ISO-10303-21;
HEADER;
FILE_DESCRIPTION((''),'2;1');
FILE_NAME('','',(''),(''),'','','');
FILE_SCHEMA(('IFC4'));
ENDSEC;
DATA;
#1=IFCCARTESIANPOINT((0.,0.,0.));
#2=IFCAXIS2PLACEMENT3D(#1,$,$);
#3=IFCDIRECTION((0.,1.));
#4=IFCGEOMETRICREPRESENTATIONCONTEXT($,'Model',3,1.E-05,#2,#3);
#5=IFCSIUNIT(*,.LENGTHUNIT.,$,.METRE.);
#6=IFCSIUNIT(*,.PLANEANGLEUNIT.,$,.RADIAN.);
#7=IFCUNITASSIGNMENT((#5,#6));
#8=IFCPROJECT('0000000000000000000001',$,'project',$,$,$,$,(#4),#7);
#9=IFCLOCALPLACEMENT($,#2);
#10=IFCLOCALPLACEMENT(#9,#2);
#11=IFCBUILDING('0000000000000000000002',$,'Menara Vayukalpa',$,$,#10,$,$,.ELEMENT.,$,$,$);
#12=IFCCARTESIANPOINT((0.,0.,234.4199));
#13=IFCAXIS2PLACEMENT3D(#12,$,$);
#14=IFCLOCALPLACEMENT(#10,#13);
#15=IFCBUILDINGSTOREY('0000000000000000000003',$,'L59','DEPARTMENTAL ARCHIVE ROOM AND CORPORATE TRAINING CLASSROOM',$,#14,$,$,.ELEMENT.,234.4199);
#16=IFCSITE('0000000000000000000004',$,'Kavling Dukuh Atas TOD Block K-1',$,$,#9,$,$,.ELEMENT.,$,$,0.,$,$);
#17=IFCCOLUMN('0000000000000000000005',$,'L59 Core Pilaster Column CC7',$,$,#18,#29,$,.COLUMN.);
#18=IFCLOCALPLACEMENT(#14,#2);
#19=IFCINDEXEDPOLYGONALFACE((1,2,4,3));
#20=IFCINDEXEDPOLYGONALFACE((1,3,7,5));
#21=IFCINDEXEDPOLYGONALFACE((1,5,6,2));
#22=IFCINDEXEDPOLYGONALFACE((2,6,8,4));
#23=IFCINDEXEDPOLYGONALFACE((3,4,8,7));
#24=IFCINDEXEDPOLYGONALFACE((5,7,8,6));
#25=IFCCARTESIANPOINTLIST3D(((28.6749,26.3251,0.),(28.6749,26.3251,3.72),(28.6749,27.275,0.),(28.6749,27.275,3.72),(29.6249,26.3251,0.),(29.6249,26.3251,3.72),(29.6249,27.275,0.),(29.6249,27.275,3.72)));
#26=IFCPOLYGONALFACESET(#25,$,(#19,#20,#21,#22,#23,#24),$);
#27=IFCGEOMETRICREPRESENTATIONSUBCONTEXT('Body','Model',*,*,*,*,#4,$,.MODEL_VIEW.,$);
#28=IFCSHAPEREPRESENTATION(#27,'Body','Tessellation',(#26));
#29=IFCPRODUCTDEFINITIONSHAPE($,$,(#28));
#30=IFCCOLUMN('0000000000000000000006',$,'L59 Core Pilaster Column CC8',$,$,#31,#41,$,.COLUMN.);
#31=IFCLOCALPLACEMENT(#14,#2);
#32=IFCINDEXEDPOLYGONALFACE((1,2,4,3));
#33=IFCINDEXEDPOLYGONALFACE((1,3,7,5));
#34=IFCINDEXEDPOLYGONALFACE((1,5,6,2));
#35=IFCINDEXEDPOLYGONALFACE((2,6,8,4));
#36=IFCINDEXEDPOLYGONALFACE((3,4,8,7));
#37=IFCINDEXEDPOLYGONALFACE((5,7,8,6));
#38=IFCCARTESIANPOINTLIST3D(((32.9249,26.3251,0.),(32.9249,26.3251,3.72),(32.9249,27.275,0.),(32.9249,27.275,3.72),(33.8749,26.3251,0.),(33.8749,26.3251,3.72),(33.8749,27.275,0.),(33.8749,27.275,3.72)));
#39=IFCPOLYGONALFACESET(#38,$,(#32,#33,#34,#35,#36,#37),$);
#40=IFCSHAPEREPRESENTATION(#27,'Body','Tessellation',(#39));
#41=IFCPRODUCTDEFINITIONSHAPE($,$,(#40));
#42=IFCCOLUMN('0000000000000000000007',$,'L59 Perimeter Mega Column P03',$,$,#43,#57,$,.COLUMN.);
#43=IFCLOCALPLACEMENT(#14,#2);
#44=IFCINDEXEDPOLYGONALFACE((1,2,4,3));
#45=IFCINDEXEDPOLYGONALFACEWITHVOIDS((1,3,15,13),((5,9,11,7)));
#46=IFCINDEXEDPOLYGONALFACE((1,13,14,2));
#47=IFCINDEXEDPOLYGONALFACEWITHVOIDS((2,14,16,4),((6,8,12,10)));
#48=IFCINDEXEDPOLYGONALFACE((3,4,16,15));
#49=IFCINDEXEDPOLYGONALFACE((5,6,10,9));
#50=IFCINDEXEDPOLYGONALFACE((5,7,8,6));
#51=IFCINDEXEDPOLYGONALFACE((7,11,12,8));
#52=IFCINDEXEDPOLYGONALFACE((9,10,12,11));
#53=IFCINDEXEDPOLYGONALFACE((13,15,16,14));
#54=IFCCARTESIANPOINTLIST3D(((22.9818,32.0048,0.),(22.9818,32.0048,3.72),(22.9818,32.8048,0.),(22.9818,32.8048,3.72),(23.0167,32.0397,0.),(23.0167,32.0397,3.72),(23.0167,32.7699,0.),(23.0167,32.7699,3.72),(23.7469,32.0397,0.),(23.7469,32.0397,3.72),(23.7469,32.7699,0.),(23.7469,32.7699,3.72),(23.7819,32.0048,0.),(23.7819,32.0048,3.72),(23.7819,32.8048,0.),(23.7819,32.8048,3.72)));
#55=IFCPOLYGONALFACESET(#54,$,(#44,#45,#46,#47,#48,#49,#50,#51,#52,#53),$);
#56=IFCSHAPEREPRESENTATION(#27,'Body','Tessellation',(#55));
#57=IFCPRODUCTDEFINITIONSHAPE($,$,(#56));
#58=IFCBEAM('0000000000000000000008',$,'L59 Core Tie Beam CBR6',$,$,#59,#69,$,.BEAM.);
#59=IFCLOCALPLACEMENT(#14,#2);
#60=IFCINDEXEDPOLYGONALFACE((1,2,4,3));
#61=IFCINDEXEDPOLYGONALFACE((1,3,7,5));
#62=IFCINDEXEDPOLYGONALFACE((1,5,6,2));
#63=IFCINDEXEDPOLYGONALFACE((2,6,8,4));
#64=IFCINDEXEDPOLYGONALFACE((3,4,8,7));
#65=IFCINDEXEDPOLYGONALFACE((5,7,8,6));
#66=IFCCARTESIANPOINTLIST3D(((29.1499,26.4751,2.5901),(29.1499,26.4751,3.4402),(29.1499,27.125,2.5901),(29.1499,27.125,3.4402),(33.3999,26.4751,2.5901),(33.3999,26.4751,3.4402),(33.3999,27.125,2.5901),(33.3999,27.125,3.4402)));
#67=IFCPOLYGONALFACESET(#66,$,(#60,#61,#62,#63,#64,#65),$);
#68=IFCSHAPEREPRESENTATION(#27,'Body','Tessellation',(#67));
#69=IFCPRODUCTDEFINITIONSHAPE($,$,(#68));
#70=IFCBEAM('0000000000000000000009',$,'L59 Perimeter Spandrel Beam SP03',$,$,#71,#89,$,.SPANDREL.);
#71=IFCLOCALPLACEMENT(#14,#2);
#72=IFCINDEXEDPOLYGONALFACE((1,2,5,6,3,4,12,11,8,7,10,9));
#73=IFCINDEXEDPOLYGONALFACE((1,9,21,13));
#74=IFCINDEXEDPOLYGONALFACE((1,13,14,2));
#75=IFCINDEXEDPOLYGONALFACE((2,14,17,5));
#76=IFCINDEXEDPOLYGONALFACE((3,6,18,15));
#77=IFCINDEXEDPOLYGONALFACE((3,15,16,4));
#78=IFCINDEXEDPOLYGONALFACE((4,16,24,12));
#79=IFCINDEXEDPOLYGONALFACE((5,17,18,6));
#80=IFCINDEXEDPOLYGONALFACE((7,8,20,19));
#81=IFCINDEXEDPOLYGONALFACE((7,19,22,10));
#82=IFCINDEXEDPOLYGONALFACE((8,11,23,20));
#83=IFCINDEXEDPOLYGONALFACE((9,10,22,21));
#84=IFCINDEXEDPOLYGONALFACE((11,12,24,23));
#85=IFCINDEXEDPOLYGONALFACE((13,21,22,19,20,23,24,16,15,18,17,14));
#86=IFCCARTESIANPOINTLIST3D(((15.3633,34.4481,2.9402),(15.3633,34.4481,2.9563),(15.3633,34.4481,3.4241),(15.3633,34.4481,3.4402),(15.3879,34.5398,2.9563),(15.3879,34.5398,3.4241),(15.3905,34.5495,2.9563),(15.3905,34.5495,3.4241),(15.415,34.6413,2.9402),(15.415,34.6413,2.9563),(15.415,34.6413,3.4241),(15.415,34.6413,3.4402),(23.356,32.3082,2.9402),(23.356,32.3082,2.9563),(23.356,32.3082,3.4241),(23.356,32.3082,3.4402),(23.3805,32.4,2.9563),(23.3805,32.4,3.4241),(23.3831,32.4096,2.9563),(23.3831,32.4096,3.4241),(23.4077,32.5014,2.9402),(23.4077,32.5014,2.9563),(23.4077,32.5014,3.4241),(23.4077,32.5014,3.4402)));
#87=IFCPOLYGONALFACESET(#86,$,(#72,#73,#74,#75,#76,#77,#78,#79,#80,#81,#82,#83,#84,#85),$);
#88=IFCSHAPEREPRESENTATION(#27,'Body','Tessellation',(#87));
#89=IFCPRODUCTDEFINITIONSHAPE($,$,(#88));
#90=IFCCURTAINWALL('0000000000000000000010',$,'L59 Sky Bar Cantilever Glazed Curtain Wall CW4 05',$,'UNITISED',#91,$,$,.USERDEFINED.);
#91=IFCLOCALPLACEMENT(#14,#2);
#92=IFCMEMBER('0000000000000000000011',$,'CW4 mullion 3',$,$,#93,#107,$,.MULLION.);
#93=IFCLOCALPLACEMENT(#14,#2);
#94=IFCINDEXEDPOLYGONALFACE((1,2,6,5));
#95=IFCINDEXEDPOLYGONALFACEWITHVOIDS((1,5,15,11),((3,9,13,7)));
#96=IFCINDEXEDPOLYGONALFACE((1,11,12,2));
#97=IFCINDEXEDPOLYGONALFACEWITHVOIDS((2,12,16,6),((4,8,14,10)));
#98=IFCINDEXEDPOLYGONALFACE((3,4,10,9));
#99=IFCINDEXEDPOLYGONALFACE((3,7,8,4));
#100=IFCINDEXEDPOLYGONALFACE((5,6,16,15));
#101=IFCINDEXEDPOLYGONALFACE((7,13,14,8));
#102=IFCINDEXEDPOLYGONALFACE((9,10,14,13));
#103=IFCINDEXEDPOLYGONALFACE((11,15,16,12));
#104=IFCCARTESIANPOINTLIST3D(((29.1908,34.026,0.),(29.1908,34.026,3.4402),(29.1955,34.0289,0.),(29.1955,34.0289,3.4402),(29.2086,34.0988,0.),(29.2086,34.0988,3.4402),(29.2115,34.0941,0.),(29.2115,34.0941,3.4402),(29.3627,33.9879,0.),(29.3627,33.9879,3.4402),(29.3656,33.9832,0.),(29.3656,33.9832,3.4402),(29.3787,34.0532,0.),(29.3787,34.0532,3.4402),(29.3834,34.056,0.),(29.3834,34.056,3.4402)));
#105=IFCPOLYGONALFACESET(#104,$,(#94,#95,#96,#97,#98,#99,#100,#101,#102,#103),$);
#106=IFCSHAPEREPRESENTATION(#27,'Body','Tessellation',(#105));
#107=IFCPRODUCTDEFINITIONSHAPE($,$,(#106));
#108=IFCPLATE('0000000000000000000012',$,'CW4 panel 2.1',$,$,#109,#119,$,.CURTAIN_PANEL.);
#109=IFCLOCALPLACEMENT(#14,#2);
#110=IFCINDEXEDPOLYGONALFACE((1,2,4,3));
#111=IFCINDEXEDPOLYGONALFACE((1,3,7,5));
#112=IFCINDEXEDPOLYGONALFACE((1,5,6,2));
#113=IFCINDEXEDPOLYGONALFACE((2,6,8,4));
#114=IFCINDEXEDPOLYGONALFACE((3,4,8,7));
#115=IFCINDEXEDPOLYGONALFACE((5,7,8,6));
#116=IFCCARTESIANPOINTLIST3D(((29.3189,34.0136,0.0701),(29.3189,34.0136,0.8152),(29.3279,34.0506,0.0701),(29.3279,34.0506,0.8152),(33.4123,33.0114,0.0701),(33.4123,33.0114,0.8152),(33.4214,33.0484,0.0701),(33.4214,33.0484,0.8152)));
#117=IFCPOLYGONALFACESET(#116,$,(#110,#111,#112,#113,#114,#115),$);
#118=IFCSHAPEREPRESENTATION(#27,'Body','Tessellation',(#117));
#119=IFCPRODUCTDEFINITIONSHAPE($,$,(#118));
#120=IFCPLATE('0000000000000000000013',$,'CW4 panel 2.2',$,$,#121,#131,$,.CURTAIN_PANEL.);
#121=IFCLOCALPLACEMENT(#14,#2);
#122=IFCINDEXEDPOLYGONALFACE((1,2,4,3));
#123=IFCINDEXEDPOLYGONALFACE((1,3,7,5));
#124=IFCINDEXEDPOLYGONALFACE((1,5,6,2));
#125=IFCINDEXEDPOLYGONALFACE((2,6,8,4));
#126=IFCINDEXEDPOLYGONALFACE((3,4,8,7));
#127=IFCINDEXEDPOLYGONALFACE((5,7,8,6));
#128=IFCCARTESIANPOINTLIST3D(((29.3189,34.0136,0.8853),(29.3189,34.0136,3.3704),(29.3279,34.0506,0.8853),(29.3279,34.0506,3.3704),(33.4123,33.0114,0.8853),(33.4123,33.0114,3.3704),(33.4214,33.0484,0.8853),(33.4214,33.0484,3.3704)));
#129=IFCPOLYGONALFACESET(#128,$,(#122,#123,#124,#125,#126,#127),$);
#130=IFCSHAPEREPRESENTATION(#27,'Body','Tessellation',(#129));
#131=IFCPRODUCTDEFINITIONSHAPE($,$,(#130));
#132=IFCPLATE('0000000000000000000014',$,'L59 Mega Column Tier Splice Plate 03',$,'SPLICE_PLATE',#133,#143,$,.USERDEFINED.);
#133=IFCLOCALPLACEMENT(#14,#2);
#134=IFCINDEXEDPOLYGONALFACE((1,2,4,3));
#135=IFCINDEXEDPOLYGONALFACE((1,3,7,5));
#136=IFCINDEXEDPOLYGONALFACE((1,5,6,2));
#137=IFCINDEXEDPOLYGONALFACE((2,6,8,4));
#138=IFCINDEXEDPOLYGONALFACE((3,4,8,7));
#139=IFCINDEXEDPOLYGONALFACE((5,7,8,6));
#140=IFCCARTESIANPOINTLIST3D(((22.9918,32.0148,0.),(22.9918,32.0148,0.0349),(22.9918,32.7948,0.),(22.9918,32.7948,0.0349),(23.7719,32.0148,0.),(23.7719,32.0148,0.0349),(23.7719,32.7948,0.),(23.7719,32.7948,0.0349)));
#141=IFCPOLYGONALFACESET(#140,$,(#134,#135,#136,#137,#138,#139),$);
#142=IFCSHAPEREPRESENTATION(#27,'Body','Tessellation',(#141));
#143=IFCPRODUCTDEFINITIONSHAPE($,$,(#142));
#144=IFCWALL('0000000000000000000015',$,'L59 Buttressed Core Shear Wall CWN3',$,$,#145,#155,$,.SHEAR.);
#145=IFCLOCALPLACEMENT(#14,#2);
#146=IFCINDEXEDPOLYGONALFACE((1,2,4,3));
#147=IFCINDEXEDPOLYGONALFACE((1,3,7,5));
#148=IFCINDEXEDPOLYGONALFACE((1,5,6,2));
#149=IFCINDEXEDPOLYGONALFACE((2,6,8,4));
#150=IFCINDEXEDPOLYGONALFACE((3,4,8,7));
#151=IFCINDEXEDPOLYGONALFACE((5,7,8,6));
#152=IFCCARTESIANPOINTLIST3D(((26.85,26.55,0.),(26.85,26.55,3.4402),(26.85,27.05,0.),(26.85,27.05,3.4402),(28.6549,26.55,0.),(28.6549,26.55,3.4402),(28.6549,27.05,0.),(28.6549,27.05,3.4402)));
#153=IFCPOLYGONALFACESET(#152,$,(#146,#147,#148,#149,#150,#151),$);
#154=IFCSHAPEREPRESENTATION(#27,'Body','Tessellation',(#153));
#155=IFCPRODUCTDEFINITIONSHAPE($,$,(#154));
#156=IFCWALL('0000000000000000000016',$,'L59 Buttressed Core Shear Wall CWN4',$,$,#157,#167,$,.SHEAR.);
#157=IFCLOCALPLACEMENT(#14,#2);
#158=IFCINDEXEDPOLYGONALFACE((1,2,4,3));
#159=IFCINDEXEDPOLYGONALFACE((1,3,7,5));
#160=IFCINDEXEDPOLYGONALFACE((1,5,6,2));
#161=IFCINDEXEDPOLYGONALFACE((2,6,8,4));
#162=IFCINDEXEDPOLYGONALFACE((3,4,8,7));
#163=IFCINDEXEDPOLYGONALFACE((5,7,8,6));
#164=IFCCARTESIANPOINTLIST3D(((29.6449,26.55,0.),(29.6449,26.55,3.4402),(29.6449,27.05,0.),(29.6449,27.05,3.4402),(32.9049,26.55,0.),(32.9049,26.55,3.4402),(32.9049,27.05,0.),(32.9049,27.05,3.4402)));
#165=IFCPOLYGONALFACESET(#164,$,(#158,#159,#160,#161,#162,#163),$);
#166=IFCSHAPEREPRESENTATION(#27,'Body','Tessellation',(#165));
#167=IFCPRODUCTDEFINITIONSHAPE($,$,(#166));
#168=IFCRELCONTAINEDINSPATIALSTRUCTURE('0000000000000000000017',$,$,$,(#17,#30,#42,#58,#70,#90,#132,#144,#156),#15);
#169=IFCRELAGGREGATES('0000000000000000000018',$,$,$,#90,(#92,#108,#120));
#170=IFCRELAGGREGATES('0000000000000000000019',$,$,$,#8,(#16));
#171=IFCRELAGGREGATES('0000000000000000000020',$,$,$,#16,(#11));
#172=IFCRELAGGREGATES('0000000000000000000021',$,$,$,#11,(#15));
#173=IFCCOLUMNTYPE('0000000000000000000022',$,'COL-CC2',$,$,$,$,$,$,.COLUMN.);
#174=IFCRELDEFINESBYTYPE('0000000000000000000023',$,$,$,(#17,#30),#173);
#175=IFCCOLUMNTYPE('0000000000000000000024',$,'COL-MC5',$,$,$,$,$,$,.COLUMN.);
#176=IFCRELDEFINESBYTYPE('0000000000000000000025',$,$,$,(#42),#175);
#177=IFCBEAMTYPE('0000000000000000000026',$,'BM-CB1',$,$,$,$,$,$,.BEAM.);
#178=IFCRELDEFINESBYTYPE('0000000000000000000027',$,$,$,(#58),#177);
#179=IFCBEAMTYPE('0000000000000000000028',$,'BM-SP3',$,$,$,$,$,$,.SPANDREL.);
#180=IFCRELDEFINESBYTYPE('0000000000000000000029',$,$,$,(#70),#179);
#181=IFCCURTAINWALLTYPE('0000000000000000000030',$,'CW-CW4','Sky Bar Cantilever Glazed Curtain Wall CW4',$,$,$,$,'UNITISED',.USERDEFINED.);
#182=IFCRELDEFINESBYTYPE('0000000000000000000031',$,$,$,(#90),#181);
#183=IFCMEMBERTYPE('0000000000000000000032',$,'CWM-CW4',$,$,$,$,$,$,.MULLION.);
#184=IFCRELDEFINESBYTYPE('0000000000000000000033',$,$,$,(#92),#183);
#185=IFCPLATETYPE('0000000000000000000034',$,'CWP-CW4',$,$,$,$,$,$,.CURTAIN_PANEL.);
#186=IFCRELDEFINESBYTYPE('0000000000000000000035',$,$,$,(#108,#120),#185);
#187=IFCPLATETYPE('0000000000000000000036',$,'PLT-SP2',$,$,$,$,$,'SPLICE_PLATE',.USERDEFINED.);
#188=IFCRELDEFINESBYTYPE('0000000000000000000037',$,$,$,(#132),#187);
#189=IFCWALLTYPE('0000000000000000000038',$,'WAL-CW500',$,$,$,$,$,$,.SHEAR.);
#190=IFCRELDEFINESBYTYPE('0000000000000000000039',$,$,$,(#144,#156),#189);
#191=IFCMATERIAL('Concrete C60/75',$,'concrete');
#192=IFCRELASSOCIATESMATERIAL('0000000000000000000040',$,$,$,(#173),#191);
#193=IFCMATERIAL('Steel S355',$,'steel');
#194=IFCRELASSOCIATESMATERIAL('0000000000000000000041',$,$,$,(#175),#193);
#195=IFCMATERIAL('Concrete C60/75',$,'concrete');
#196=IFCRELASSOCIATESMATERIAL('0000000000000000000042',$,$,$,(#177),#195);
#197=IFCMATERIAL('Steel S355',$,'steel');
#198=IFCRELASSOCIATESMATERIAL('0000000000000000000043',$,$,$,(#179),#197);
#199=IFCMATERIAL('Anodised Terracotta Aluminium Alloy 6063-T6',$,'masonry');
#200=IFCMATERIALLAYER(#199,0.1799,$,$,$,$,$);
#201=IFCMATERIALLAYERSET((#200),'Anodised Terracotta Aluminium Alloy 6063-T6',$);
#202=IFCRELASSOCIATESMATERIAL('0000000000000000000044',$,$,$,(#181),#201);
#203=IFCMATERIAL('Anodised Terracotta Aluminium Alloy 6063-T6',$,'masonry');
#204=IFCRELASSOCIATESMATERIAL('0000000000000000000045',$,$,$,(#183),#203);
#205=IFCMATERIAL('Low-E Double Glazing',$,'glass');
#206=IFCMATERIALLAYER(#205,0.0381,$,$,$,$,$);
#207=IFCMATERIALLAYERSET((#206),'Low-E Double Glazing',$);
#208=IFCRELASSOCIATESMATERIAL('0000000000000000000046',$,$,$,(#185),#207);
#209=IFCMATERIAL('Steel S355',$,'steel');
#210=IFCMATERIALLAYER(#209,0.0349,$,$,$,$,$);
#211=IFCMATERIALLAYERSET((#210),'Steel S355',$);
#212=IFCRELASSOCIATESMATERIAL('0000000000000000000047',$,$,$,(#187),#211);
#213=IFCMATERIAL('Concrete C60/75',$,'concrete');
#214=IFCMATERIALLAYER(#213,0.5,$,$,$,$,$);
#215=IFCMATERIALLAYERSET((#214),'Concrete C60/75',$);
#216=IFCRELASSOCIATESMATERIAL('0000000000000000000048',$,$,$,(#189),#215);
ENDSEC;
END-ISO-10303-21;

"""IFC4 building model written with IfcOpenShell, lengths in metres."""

from ifc_helpers import new_model, si_unit, direction, frame, frame_2d, origin, origin_2d, place, context, subcontext, project, spatial, rectangle, hollow_rectangle, i_section, extrude, material, layer, layer_set, material_profile, profile_set, type_object, element, aggregate, save


model = new_model("IFC4")

# Units and contexts
model_context = context("Model", 3, precision=1e-05, world=origin(), true_north=direction((0.0, 1.0)))
body_context = subcontext(model_context, "Body", "Model", "MODEL_VIEW")
ifc_project = project(units=[si_unit("LENGTHUNIT", "METRE"), si_unit("PLANEANGLEUNIT", "RADIAN")], contexts=[model_context])

# Site, building, storey
site_placement = place(None, origin())
site = spatial("IfcSite", under=ifc_project, at=site_placement, Name="Kavling Dukuh Atas TOD Block K-1", CompositionType="ELEMENT", RefElevation=0.0)
building_placement = place(site_placement, origin())
building = spatial("IfcBuilding", under=site, at=building_placement, Name="Menara Vayukalpa", CompositionType="ELEMENT")
storey_placement = place(building_placement, frame((0.0, 0.0, 234.4199)))
storey = spatial("IfcBuildingStorey", under=building, at=storey_placement, Name="L59", Description="DEPARTMENTAL ARCHIVE ROOM AND CORPORATE TRAINING CLASSROOM", CompositionType="ELEMENT", Elevation=234.4199)

# Columns
ifc_material_1 = material(Name="Concrete C60/75", Category="concrete")
ifc_material_profile_1 = material_profile(ifc_material_1, rectangle(XDim=0.95, YDim=0.95, at=origin_2d()), Name="RC 950x950")
ifc_profile_set_1 = profile_set([ifc_material_profile_1], Name="Concrete C60/75")
column_type_1 = type_object("IfcColumnType", Name="COL-CC2", PredefinedType="COLUMN", material=ifc_profile_set_1)
for number, where, z_axis, x_axis, name in (
    (1, (29.1499, 26.8, 0.0), (0.0, 0.0, 1.0), (1.0, 0.0, 0.0), "L59 Core Pilaster Column CC7"),
    (2, (33.3999, 26.8, 0.0), (0.0, 0.0, 1.0), (1.0, 0.0, 0.0), "L59 Core Pilaster Column CC8"),
):
    element("IfcColumn", number, at=place(storey_placement, frame(where, z_axis=z_axis, x_axis=x_axis)), inside=storey, type_object=column_type_1, Name=name, PredefinedType="COLUMN", context=body_context, shape_type="SweptSolid", body=[
        extrude(rectangle(XDim=0.95, YDim=0.95, at=origin_2d()), origin(), (0.0, 0.0, 1.0), 3.72),
    ])
ifc_material_2 = material(Name="Steel S355", Category="steel")
ifc_material_profile_2 = material_profile(ifc_material_2, hollow_rectangle(XDim=0.8, YDim=0.8, WallThickness=0.0349, at=origin_2d()), Name="BOX 800x800x35")
ifc_profile_set_2 = profile_set([ifc_material_profile_2], Name="Steel S355")
column_type_2 = type_object("IfcColumnType", Name="COL-MC5", PredefinedType="COLUMN", material=ifc_profile_set_2)
column_placement = place(storey_placement, frame((23.3818, 32.4048, 0.0), z_axis=(0.0, 0.0, 1.0), x_axis=(1.0, 0.0, 0.0)))
element("IfcColumn", 3, at=column_placement, inside=storey, type_object=column_type_2, Name="L59 Perimeter Mega Column P03", PredefinedType="COLUMN", context=body_context, shape_type="SweptSolid", body=[
    extrude(hollow_rectangle(XDim=0.8, YDim=0.8, WallThickness=0.0349, at=origin_2d()), origin(), (0.0, 0.0, 1.0), 3.72),
])

# Beams
ifc_material_3 = material(Name="Concrete C60/75", Category="concrete")
ifc_material_profile_3 = material_profile(ifc_material_3, rectangle(XDim=0.6499, YDim=0.8501, at=origin_2d()), Name="RC 650x850")
ifc_profile_set_3 = profile_set([ifc_material_profile_3], Name="Concrete C60/75")
beam_type_1 = type_object("IfcBeamType", Name="BM-CB1", PredefinedType="BEAM", material=ifc_profile_set_3)
beam_1_placement = place(storey_placement, frame((29.1499, 26.8, 3.0151), z_axis=(1.0, 0.0, 0.0), x_axis=(0.0, 1.0, 0.0)))
element("IfcBeam", 4, at=beam_1_placement, inside=storey, type_object=beam_type_1, Name="L59 Core Tie Beam CBR6", PredefinedType="BEAM", context=body_context, shape_type="SweptSolid", body=[
    extrude(rectangle(XDim=0.6499, YDim=0.8501, at=origin_2d()), origin(), (0.0, 0.0, 1.0), 4.25),
])
ifc_material_4 = material(Name="Steel S355", Category="steel")
ifc_material_profile_4 = material_profile(ifc_material_4, i_section(OverallWidth=0.2, OverallDepth=0.5, WebThickness=0.01, FlangeThickness=0.0161, at=origin_2d()), Name="WF 500x200x10x16")
ifc_profile_set_4 = profile_set([ifc_material_profile_4], Name="Steel S355")
beam_type_2 = type_object("IfcBeamType", Name="BM-SP3", PredefinedType="SPANDREL", material=ifc_profile_set_4)
beam_2_placement = place(storey_placement, frame((23.3818, 32.4048, 3.1902), z_axis=(-0.965978, 0.258623, 0.0), x_axis=(-0.258623, -0.965978, 0.0)))
element("IfcBeam", 5, at=beam_2_placement, inside=storey, type_object=beam_type_2, Name="L59 Perimeter Spandrel Beam SP03", PredefinedType="SPANDREL", context=body_context, shape_type="SweptSolid", body=[
    extrude(i_section(OverallWidth=0.2, OverallDepth=0.5, WebThickness=0.01, FlangeThickness=0.0161, at=origin_2d()), origin(), (0.0, 0.0, 1.0), 8.2742),
])

# Curtain wall, member, plates
ifc_material_5 = material(Name="Anodised Terracotta Aluminium Alloy 6063-T6", Category="masonry")
ifc_layer_1 = layer(ifc_material_5, 0.1799)
ifc_layer_set_1 = layer_set([ifc_layer_1], Name="Anodised Terracotta Aluminium Alloy 6063-T6")
curtain_wall_type = type_object("IfcCurtainWallType", Name="CW-CW4", Description="Sky Bar Cantilever Glazed Curtain Wall CW4", ElementType="UNITISED", PredefinedType="USERDEFINED", material=ifc_layer_set_1)
curtain_wall_placement = place(storey_placement, origin())
curtain_wall = element("IfcCurtainWall", 6, at=curtain_wall_placement, inside=storey, type_object=curtain_wall_type, Name="L59 Sky Bar Cantilever Glazed Curtain Wall CW4 05", ObjectType="UNITISED", PredefinedType="USERDEFINED")
ifc_material_6 = material(Name="Anodised Terracotta Aluminium Alloy 6063-T6", Category="masonry")
ifc_material_profile_5 = material_profile(ifc_material_6, hollow_rectangle(XDim=0.075, YDim=0.1799, WallThickness=0.0039, at=origin_2d()), Name="ALU 75x180x4")
ifc_profile_set_5 = profile_set([ifc_material_profile_5], Name="Anodised Terracotta Aluminium Alloy 6063-T6")
member_type = type_object("IfcMemberType", Name="CWM-CW4", PredefinedType="MULLION", material=ifc_profile_set_5)
member_placement = place(storey_placement, frame((29.2871, 34.041, 0.0), z_axis=(0.0, 0.0, 1.0), x_axis=(-0.23781, -0.971312, 0.0)))
member = element("IfcMember", 7, at=member_placement, type_object=member_type, Name="CW4 mullion 3", PredefinedType="MULLION", context=body_context, shape_type="SweptSolid", body=[
    extrude(hollow_rectangle(XDim=0.075, YDim=0.1799, WallThickness=0.0039, at=origin_2d()), origin(), (0.0, 0.0, 1.0), 3.4402),
])
ifc_material_7 = material(Name="Low-E Double Glazing", Category="glass")
ifc_layer_2 = layer(ifc_material_7, 0.0381)
ifc_layer_set_2 = layer_set([ifc_layer_2], Name="Low-E Double Glazing")
plate_type_1 = type_object("IfcPlateType", Name="CWP-CW4", PredefinedType="CURTAIN_PANEL", material=ifc_layer_set_2)
plate_1_placement = place(storey_placement, frame((31.3701, 33.531, 0.0701), z_axis=(0.0, 0.0, 1.0), x_axis=(-0.971312, 0.23781, 0.0)))
plate_1 = element("IfcPlate", 8, at=plate_1_placement, type_object=plate_type_1, Name="CW4 panel 2.1", PredefinedType="CURTAIN_PANEL", context=body_context, shape_type="SweptSolid", body=[
    extrude(rectangle(XDim=4.2144, YDim=0.0381, at=origin_2d()), origin(), (0.0, 0.0, 1.0), 0.7451),
])
plate_2_placement = place(storey_placement, frame((31.3701, 33.531, 0.8853), z_axis=(0.0, 0.0, 1.0), x_axis=(-0.971312, 0.23781, 0.0)))
plate_2 = element("IfcPlate", 9, at=plate_2_placement, type_object=plate_type_1, Name="CW4 panel 2.2", PredefinedType="CURTAIN_PANEL", context=body_context, shape_type="SweptSolid", body=[
    extrude(rectangle(XDim=4.2144, YDim=0.0381, at=origin_2d()), origin(), (0.0, 0.0, 1.0), 2.4851),
])
aggregate(curtain_wall, [member, plate_1, plate_2])

# Plate
ifc_material_8 = material(Name="Steel S355", Category="steel")
ifc_layer_3 = layer(ifc_material_8, 0.0349)
ifc_layer_set_3 = layer_set([ifc_layer_3], Name="Steel S355")
plate_type_2 = type_object("IfcPlateType", Name="PLT-SP2", ElementType="SPLICE_PLATE", PredefinedType="USERDEFINED", material=ifc_layer_set_3)
plate_3_placement = place(storey_placement, frame((23.3818, 32.4048, 0.0), z_axis=(0.0, 0.0, 1.0), x_axis=(1.0, 0.0, 0.0)))
element("IfcPlate", 10, at=plate_3_placement, inside=storey, type_object=plate_type_2, Name="L59 Mega Column Tier Splice Plate 03", ObjectType="SPLICE_PLATE", PredefinedType="USERDEFINED", context=body_context, shape_type="SweptSolid", body=[
    extrude(rectangle(XDim=0.78, YDim=0.78, at=origin_2d()), origin(), (0.0, 0.0, 1.0), 0.0349),
])

# Walls
ifc_material_9 = material(Name="Concrete C60/75", Category="concrete")
ifc_layer_4 = layer(ifc_material_9, 0.5)
ifc_layer_set_4 = layer_set([ifc_layer_4], Name="Concrete C60/75")
wall_type_1 = type_object("IfcWallType", Name="WAL-CW500", PredefinedType="SHEAR", material=ifc_layer_set_4)
wall_1_placement = place(storey_placement, frame((26.8501, 26.8, 0.0), z_axis=(0.0, 0.0, 1.0), x_axis=(1.0, 0.0, 0.0)))
element("IfcWall", 11, at=wall_1_placement, inside=storey, type_object=wall_type_1, Name="L59 Buttressed Core Shear Wall CWN3", PredefinedType="SHEAR", context=body_context, shape_type="SweptSolid", body=[
    extrude(rectangle(XDim=1.8049, YDim=0.5, at=frame_2d((0.9023, 0.0))), origin(), (0.0, 0.0, 1.0), 3.4402),
])
wall_2_placement = place(storey_placement, frame((29.645, 26.8, 0.0), z_axis=(0.0, 0.0, 1.0), x_axis=(1.0, 0.0, 0.0)))
element("IfcWall", 12, at=wall_2_placement, inside=storey, type_object=wall_type_1, Name="L59 Buttressed Core Shear Wall CWN4", PredefinedType="SHEAR", context=body_context, shape_type="SweptSolid", body=[
    extrude(rectangle(XDim=3.26, YDim=0.5, at=frame_2d((1.6299, 0.0))), origin(), (0.0, 0.0, 1.0), 3.4402),
])

save(model, "model.ifc")
